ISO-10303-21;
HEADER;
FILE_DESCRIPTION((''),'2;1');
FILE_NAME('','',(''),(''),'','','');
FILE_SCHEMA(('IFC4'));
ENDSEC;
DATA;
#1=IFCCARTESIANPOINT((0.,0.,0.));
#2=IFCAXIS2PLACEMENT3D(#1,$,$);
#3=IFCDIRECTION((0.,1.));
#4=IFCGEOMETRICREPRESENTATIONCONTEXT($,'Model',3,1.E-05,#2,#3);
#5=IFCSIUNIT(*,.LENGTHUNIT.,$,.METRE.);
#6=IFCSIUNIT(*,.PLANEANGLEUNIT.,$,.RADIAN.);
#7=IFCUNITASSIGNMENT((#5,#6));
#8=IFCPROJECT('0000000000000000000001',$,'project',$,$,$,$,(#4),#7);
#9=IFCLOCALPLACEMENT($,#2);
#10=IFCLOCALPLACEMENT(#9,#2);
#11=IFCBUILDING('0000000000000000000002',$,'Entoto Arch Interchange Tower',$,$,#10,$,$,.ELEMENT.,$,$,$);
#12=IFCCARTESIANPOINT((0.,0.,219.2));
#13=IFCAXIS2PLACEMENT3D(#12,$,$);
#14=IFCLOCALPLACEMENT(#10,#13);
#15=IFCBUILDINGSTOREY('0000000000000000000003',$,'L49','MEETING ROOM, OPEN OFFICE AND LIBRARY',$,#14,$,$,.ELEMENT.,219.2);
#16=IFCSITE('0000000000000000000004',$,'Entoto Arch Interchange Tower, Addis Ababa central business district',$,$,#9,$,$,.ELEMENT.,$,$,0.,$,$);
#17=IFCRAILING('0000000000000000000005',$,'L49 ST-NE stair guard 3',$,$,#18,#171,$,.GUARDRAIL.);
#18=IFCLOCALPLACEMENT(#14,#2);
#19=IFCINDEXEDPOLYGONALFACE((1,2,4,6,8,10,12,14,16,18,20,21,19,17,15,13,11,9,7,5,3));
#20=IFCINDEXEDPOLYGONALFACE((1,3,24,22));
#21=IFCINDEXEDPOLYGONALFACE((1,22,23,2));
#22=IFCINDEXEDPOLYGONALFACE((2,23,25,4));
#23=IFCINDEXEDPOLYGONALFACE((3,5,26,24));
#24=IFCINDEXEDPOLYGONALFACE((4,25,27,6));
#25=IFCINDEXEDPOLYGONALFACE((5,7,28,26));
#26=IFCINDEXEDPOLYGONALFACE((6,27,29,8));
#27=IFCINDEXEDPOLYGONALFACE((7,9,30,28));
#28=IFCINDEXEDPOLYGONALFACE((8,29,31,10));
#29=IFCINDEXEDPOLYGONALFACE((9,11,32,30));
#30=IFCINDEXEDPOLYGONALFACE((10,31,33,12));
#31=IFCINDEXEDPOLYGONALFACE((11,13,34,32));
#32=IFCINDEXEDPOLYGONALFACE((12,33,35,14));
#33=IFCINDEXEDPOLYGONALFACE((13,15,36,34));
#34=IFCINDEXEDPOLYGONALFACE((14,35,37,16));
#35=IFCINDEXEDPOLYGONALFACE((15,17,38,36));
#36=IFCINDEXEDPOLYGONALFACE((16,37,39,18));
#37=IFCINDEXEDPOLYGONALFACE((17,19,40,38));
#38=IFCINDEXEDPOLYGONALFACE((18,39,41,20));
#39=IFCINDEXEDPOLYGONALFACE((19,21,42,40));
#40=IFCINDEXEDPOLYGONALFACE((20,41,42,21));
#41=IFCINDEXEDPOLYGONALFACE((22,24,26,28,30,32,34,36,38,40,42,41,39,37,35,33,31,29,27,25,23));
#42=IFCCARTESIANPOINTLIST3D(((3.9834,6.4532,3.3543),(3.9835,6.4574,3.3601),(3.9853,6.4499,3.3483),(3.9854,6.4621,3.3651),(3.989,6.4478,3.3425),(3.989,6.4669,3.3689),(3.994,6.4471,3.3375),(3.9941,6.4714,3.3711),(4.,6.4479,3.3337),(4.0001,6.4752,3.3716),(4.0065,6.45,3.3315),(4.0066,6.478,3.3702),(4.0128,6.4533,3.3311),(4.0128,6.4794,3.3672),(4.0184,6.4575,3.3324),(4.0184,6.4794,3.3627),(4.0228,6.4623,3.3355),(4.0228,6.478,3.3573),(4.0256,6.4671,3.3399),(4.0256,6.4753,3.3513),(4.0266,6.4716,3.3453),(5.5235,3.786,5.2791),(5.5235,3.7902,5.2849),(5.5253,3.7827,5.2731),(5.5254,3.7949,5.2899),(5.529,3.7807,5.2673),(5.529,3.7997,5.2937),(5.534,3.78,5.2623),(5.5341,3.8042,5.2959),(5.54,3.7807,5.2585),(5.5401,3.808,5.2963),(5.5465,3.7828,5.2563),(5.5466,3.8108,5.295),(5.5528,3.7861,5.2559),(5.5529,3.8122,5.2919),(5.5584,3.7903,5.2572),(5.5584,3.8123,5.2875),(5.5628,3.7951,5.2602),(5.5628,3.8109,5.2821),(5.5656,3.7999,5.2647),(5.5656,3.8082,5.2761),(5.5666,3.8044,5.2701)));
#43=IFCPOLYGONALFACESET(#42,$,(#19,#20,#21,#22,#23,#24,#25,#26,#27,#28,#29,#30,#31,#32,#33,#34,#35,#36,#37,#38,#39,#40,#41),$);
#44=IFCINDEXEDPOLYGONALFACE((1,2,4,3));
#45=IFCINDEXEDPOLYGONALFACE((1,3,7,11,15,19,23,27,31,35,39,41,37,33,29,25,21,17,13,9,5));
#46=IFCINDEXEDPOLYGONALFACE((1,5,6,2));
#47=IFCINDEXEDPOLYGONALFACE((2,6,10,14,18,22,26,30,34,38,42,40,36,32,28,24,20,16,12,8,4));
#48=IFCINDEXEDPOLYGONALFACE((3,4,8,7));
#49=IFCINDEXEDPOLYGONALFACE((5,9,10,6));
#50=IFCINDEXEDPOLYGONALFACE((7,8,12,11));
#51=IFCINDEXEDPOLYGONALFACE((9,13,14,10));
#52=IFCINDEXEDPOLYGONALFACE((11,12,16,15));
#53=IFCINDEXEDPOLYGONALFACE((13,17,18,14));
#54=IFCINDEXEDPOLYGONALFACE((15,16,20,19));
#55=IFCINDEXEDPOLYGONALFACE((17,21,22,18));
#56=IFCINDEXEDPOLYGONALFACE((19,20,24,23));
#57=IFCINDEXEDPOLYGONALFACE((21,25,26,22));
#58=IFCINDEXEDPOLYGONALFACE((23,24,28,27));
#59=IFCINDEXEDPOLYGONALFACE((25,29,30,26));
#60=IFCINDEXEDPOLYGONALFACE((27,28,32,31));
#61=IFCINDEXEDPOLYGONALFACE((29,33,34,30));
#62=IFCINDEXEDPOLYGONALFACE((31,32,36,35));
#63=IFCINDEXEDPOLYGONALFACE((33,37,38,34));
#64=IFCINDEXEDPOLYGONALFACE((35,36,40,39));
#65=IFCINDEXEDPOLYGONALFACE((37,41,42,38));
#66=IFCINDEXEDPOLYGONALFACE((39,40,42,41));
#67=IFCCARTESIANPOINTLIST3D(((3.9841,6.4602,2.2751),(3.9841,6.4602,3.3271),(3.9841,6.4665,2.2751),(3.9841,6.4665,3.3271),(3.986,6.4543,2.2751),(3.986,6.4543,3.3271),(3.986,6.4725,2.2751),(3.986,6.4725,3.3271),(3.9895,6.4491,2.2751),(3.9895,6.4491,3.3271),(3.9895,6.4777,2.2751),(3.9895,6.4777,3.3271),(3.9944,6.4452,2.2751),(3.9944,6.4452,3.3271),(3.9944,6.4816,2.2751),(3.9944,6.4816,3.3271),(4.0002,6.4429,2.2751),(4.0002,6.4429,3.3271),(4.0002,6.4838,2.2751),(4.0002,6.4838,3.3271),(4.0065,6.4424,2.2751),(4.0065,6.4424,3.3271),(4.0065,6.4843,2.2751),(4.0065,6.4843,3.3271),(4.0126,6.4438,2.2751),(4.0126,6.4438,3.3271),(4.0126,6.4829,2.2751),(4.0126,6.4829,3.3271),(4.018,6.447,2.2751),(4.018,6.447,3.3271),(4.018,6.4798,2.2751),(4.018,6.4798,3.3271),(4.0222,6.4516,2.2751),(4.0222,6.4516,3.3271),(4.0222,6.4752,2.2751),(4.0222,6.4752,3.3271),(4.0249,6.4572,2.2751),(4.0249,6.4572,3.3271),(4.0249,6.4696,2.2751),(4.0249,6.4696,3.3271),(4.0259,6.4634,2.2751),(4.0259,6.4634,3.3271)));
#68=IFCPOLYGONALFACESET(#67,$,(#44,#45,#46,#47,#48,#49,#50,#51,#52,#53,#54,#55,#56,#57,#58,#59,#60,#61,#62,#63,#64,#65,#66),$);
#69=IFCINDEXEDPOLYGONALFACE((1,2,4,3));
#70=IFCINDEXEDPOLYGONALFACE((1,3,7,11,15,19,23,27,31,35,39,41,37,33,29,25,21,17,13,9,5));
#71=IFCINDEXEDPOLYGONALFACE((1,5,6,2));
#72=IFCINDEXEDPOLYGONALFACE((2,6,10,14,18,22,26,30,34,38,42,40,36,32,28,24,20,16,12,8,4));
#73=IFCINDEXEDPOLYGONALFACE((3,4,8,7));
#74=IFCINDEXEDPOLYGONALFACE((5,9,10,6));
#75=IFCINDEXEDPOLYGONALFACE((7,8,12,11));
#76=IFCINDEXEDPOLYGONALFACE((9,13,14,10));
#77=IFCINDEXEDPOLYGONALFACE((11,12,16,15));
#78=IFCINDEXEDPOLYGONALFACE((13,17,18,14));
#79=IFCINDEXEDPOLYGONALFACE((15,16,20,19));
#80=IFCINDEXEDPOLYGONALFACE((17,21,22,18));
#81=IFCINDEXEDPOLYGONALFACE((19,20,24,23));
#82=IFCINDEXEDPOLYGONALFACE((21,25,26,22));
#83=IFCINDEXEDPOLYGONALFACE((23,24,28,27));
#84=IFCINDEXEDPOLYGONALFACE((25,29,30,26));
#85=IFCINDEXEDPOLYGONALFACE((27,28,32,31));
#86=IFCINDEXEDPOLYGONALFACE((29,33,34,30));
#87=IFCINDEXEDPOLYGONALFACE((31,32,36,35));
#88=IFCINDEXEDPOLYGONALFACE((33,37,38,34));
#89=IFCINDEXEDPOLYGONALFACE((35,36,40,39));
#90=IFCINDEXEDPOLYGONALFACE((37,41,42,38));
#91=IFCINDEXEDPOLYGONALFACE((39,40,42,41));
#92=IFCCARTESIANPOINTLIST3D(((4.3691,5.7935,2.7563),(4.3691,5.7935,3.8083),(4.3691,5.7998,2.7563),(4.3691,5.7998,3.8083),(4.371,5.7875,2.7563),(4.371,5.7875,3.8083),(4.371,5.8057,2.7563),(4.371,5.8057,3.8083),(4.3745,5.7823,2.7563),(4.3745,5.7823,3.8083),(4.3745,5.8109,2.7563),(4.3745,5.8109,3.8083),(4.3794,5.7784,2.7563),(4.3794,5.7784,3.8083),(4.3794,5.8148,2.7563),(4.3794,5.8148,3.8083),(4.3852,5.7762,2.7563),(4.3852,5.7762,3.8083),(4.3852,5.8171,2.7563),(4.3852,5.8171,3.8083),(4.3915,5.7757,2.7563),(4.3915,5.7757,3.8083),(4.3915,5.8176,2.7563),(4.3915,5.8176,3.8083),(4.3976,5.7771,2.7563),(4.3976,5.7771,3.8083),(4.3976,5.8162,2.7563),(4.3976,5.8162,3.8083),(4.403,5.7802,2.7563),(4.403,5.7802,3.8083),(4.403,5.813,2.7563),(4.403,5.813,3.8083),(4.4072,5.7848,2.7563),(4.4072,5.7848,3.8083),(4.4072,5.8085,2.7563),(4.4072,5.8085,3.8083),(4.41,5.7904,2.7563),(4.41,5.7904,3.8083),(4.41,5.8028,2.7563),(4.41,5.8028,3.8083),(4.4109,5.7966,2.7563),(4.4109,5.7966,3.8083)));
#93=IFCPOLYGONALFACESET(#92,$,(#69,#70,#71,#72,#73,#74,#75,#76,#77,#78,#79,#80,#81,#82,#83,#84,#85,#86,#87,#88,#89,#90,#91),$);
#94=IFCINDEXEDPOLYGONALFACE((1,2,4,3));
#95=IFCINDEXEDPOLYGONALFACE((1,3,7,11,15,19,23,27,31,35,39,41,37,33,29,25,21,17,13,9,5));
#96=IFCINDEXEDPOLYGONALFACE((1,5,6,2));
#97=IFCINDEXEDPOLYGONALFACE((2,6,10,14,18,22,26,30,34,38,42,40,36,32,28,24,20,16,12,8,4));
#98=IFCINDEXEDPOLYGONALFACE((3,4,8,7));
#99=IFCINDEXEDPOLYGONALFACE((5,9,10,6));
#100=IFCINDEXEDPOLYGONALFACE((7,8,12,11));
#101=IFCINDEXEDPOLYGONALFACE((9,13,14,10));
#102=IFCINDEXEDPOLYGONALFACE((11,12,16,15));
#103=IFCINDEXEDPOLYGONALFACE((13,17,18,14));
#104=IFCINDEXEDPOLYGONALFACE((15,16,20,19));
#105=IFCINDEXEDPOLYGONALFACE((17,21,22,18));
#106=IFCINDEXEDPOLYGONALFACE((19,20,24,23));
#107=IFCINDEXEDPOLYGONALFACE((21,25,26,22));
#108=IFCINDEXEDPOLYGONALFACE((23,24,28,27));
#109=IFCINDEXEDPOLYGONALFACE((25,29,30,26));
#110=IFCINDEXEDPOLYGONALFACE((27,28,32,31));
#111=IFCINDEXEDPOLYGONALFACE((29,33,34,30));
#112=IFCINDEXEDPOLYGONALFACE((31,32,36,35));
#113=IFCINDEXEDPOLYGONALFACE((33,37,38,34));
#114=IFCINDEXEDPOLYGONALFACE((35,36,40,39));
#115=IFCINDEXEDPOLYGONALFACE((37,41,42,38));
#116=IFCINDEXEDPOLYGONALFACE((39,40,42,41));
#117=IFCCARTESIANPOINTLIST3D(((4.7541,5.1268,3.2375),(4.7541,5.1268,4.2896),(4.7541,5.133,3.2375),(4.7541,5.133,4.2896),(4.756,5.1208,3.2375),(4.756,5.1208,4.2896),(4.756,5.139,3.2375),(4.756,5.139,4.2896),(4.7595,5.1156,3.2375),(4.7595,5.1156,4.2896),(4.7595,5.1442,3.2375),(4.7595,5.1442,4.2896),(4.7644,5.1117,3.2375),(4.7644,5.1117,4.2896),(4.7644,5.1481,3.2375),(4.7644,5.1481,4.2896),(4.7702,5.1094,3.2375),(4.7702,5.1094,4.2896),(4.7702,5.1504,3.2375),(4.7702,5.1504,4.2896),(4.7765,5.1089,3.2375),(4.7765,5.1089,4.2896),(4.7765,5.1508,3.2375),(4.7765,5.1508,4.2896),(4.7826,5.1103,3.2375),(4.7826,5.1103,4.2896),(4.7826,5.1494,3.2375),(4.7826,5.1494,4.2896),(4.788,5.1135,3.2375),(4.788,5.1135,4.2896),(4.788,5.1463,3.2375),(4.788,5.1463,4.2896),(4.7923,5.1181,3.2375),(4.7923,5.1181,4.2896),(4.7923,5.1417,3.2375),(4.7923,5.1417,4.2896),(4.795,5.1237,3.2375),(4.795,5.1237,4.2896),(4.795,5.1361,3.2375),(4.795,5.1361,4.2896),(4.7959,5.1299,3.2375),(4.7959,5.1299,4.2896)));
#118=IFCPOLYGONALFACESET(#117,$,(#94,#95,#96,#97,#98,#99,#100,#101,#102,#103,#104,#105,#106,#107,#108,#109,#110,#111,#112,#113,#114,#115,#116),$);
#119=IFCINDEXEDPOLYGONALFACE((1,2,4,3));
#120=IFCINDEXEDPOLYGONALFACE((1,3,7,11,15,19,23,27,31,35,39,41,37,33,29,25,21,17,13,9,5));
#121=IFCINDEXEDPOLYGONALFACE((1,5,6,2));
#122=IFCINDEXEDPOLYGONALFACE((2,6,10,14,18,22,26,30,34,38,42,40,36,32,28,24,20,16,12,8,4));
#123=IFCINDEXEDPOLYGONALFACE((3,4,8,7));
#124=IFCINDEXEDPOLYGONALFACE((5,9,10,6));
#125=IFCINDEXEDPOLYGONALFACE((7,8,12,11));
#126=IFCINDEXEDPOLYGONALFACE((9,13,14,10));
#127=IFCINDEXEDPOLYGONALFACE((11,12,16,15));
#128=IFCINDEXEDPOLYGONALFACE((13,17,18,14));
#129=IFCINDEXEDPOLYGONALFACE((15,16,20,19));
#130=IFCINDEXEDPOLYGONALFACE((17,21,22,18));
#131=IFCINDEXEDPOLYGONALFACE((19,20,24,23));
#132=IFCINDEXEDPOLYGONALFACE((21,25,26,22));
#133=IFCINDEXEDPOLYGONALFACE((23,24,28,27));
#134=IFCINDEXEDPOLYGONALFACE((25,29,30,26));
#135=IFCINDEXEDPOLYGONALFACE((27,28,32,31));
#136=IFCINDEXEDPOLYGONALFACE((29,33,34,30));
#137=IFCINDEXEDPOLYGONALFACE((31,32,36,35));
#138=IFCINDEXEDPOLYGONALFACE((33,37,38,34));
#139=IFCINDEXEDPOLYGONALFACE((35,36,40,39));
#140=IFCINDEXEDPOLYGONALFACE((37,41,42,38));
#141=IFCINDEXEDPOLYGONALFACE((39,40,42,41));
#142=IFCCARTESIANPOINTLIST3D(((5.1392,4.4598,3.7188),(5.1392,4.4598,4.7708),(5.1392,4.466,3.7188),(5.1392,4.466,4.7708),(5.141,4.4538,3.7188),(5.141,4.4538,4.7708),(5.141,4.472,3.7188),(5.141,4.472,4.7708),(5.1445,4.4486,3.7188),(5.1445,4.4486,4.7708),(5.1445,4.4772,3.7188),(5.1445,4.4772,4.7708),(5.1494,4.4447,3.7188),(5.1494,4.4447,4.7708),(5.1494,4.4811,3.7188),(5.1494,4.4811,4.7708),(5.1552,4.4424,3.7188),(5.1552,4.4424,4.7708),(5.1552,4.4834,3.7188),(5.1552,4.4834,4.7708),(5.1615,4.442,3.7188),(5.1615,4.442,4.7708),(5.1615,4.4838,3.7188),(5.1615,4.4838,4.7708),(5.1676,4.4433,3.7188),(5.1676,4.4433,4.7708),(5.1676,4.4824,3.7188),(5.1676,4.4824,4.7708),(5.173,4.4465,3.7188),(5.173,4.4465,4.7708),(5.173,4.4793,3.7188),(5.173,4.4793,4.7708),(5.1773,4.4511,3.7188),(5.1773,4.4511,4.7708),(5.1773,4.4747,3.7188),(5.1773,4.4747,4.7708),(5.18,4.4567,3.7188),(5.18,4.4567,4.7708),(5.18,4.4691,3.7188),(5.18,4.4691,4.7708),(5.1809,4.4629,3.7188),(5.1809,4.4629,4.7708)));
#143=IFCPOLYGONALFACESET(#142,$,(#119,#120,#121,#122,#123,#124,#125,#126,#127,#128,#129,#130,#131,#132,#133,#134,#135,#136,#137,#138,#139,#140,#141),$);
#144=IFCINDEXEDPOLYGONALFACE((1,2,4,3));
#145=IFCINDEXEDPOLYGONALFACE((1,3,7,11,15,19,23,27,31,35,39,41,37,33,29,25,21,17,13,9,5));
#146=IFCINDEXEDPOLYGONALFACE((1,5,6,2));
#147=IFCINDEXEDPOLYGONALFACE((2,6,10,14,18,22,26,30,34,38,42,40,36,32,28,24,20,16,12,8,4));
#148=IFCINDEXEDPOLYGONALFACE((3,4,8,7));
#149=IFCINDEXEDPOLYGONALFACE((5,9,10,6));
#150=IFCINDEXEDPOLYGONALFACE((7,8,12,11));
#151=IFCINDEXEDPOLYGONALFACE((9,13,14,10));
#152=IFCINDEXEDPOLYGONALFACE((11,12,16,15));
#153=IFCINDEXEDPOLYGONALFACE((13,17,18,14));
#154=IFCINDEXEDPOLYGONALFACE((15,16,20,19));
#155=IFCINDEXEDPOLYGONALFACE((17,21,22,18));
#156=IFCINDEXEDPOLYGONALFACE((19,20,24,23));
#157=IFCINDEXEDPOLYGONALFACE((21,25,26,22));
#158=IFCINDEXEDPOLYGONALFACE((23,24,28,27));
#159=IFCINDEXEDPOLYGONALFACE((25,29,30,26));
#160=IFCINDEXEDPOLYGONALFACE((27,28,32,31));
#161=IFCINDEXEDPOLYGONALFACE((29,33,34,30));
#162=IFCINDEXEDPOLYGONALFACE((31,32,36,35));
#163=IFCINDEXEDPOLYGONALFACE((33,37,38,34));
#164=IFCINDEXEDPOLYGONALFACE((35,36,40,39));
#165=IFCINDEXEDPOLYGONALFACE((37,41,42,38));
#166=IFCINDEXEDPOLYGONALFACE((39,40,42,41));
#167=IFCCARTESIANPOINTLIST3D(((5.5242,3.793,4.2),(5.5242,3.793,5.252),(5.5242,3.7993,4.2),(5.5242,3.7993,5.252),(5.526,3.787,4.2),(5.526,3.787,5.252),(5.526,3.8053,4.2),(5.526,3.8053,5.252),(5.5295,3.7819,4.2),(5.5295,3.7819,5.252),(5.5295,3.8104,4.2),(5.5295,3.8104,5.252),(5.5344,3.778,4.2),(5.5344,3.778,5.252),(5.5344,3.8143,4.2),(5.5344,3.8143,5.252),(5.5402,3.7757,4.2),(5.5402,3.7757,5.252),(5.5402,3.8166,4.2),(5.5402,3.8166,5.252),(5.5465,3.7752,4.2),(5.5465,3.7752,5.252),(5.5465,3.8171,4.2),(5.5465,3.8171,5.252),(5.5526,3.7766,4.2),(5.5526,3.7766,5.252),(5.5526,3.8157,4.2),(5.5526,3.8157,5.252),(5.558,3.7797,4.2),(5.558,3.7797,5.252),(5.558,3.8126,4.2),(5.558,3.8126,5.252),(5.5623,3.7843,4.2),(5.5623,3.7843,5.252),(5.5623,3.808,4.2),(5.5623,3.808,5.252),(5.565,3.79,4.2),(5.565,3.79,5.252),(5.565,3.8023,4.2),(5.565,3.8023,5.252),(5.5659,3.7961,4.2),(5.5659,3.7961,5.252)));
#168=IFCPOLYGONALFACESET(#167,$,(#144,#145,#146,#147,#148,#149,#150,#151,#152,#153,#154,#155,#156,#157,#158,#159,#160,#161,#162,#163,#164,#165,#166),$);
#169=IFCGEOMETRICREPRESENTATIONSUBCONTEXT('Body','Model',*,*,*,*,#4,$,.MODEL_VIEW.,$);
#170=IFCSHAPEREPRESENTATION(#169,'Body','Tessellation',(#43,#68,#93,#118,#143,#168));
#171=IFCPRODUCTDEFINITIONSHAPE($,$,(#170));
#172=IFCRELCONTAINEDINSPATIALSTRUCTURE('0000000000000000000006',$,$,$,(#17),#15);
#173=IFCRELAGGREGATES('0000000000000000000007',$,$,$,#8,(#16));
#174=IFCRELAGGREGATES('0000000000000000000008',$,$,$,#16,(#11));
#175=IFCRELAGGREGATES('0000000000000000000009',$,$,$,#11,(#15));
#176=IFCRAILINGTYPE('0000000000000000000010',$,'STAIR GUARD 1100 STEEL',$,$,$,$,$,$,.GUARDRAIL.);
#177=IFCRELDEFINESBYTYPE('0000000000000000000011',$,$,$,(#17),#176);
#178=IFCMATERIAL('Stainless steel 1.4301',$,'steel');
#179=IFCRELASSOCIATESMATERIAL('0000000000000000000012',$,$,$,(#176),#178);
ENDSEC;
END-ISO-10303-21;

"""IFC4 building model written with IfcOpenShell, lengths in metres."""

from ifc_helpers import new_model, si_unit, direction, frame, origin, origin_2d, place, context, subcontext, project, spatial, circle, extrude, material, type_object, element, save


model = new_model("IFC4")

# Units and contexts
model_context = context("Model", 3, precision=1e-05, world=origin(), true_north=direction((0.0, 1.0)))
body_context = subcontext(model_context, "Body", "Model", "MODEL_VIEW")
ifc_project = project(units=[si_unit("LENGTHUNIT", "METRE"), si_unit("PLANEANGLEUNIT", "RADIAN")], contexts=[model_context])

# Site, building, storey
site_placement = place(None, origin())
site = spatial("IfcSite", under=ifc_project, at=site_placement, Name="Entoto Arch Interchange Tower, Addis Ababa central business district", CompositionType="ELEMENT", RefElevation=0.0)
building_placement = place(site_placement, origin())
building = spatial("IfcBuilding", under=site, at=building_placement, Name="Entoto Arch Interchange Tower", CompositionType="ELEMENT")
storey_placement = place(building_placement, frame((0.0, 0.0, 219.2)))
storey = spatial("IfcBuildingStorey", under=building, at=storey_placement, Name="L49", Description="MEETING ROOM, OPEN OFFICE AND LIBRARY", CompositionType="ELEMENT", Elevation=219.2)

# Railing
ifc_material_1 = material(Name="Stainless steel 1.4301", Category="steel")
railing_type_1 = type_object("IfcRailingType", Name="STAIR GUARD 1100 STEEL", PredefinedType="GUARDRAIL", material=ifc_material_1)
railing_1_placement = place(storey_placement, frame((4.0049, 6.4634, 2.2751)))
element("IfcRailing", 1, at=railing_1_placement, inside=storey, type_object=railing_type_1, Name="L49 ST-NE stair guard 3", PredefinedType="GUARDRAIL", context=body_context, shape_type="SweptSolid", body=[
    extrude(circle(Radius=0.0239, at=origin_2d()), frame((0.0, 0.0, 1.0762), z_axis=(0.424031, -0.73439, 0.529971), x_axis=(0.86601, 0.500027, 0.0)), (0.0, 0.0, 1.0), 3.6318),
    extrude(circle(Radius=0.021, at=origin_2d()), origin(), (0.0, 0.0, 1.0), 1.052),
    extrude(circle(Radius=0.021, at=origin_2d()), frame((0.385, -0.6667, 0.4812)), (0.0, 0.0, 1.0), 1.052),
    extrude(circle(Radius=0.021, at=origin_2d()), frame((0.77, -1.3335, 0.9624)), (0.0, 0.0, 1.0), 1.052),
    extrude(circle(Radius=0.021, at=origin_2d()), frame((1.155, -2.0005, 1.4436)), (0.0, 0.0, 1.0), 1.052),
    extrude(circle(Radius=0.021, at=origin_2d()), frame((1.54, -2.6672, 1.9248)), (0.0, 0.0, 1.0), 1.052),
])

save(model, "model.ifc")
